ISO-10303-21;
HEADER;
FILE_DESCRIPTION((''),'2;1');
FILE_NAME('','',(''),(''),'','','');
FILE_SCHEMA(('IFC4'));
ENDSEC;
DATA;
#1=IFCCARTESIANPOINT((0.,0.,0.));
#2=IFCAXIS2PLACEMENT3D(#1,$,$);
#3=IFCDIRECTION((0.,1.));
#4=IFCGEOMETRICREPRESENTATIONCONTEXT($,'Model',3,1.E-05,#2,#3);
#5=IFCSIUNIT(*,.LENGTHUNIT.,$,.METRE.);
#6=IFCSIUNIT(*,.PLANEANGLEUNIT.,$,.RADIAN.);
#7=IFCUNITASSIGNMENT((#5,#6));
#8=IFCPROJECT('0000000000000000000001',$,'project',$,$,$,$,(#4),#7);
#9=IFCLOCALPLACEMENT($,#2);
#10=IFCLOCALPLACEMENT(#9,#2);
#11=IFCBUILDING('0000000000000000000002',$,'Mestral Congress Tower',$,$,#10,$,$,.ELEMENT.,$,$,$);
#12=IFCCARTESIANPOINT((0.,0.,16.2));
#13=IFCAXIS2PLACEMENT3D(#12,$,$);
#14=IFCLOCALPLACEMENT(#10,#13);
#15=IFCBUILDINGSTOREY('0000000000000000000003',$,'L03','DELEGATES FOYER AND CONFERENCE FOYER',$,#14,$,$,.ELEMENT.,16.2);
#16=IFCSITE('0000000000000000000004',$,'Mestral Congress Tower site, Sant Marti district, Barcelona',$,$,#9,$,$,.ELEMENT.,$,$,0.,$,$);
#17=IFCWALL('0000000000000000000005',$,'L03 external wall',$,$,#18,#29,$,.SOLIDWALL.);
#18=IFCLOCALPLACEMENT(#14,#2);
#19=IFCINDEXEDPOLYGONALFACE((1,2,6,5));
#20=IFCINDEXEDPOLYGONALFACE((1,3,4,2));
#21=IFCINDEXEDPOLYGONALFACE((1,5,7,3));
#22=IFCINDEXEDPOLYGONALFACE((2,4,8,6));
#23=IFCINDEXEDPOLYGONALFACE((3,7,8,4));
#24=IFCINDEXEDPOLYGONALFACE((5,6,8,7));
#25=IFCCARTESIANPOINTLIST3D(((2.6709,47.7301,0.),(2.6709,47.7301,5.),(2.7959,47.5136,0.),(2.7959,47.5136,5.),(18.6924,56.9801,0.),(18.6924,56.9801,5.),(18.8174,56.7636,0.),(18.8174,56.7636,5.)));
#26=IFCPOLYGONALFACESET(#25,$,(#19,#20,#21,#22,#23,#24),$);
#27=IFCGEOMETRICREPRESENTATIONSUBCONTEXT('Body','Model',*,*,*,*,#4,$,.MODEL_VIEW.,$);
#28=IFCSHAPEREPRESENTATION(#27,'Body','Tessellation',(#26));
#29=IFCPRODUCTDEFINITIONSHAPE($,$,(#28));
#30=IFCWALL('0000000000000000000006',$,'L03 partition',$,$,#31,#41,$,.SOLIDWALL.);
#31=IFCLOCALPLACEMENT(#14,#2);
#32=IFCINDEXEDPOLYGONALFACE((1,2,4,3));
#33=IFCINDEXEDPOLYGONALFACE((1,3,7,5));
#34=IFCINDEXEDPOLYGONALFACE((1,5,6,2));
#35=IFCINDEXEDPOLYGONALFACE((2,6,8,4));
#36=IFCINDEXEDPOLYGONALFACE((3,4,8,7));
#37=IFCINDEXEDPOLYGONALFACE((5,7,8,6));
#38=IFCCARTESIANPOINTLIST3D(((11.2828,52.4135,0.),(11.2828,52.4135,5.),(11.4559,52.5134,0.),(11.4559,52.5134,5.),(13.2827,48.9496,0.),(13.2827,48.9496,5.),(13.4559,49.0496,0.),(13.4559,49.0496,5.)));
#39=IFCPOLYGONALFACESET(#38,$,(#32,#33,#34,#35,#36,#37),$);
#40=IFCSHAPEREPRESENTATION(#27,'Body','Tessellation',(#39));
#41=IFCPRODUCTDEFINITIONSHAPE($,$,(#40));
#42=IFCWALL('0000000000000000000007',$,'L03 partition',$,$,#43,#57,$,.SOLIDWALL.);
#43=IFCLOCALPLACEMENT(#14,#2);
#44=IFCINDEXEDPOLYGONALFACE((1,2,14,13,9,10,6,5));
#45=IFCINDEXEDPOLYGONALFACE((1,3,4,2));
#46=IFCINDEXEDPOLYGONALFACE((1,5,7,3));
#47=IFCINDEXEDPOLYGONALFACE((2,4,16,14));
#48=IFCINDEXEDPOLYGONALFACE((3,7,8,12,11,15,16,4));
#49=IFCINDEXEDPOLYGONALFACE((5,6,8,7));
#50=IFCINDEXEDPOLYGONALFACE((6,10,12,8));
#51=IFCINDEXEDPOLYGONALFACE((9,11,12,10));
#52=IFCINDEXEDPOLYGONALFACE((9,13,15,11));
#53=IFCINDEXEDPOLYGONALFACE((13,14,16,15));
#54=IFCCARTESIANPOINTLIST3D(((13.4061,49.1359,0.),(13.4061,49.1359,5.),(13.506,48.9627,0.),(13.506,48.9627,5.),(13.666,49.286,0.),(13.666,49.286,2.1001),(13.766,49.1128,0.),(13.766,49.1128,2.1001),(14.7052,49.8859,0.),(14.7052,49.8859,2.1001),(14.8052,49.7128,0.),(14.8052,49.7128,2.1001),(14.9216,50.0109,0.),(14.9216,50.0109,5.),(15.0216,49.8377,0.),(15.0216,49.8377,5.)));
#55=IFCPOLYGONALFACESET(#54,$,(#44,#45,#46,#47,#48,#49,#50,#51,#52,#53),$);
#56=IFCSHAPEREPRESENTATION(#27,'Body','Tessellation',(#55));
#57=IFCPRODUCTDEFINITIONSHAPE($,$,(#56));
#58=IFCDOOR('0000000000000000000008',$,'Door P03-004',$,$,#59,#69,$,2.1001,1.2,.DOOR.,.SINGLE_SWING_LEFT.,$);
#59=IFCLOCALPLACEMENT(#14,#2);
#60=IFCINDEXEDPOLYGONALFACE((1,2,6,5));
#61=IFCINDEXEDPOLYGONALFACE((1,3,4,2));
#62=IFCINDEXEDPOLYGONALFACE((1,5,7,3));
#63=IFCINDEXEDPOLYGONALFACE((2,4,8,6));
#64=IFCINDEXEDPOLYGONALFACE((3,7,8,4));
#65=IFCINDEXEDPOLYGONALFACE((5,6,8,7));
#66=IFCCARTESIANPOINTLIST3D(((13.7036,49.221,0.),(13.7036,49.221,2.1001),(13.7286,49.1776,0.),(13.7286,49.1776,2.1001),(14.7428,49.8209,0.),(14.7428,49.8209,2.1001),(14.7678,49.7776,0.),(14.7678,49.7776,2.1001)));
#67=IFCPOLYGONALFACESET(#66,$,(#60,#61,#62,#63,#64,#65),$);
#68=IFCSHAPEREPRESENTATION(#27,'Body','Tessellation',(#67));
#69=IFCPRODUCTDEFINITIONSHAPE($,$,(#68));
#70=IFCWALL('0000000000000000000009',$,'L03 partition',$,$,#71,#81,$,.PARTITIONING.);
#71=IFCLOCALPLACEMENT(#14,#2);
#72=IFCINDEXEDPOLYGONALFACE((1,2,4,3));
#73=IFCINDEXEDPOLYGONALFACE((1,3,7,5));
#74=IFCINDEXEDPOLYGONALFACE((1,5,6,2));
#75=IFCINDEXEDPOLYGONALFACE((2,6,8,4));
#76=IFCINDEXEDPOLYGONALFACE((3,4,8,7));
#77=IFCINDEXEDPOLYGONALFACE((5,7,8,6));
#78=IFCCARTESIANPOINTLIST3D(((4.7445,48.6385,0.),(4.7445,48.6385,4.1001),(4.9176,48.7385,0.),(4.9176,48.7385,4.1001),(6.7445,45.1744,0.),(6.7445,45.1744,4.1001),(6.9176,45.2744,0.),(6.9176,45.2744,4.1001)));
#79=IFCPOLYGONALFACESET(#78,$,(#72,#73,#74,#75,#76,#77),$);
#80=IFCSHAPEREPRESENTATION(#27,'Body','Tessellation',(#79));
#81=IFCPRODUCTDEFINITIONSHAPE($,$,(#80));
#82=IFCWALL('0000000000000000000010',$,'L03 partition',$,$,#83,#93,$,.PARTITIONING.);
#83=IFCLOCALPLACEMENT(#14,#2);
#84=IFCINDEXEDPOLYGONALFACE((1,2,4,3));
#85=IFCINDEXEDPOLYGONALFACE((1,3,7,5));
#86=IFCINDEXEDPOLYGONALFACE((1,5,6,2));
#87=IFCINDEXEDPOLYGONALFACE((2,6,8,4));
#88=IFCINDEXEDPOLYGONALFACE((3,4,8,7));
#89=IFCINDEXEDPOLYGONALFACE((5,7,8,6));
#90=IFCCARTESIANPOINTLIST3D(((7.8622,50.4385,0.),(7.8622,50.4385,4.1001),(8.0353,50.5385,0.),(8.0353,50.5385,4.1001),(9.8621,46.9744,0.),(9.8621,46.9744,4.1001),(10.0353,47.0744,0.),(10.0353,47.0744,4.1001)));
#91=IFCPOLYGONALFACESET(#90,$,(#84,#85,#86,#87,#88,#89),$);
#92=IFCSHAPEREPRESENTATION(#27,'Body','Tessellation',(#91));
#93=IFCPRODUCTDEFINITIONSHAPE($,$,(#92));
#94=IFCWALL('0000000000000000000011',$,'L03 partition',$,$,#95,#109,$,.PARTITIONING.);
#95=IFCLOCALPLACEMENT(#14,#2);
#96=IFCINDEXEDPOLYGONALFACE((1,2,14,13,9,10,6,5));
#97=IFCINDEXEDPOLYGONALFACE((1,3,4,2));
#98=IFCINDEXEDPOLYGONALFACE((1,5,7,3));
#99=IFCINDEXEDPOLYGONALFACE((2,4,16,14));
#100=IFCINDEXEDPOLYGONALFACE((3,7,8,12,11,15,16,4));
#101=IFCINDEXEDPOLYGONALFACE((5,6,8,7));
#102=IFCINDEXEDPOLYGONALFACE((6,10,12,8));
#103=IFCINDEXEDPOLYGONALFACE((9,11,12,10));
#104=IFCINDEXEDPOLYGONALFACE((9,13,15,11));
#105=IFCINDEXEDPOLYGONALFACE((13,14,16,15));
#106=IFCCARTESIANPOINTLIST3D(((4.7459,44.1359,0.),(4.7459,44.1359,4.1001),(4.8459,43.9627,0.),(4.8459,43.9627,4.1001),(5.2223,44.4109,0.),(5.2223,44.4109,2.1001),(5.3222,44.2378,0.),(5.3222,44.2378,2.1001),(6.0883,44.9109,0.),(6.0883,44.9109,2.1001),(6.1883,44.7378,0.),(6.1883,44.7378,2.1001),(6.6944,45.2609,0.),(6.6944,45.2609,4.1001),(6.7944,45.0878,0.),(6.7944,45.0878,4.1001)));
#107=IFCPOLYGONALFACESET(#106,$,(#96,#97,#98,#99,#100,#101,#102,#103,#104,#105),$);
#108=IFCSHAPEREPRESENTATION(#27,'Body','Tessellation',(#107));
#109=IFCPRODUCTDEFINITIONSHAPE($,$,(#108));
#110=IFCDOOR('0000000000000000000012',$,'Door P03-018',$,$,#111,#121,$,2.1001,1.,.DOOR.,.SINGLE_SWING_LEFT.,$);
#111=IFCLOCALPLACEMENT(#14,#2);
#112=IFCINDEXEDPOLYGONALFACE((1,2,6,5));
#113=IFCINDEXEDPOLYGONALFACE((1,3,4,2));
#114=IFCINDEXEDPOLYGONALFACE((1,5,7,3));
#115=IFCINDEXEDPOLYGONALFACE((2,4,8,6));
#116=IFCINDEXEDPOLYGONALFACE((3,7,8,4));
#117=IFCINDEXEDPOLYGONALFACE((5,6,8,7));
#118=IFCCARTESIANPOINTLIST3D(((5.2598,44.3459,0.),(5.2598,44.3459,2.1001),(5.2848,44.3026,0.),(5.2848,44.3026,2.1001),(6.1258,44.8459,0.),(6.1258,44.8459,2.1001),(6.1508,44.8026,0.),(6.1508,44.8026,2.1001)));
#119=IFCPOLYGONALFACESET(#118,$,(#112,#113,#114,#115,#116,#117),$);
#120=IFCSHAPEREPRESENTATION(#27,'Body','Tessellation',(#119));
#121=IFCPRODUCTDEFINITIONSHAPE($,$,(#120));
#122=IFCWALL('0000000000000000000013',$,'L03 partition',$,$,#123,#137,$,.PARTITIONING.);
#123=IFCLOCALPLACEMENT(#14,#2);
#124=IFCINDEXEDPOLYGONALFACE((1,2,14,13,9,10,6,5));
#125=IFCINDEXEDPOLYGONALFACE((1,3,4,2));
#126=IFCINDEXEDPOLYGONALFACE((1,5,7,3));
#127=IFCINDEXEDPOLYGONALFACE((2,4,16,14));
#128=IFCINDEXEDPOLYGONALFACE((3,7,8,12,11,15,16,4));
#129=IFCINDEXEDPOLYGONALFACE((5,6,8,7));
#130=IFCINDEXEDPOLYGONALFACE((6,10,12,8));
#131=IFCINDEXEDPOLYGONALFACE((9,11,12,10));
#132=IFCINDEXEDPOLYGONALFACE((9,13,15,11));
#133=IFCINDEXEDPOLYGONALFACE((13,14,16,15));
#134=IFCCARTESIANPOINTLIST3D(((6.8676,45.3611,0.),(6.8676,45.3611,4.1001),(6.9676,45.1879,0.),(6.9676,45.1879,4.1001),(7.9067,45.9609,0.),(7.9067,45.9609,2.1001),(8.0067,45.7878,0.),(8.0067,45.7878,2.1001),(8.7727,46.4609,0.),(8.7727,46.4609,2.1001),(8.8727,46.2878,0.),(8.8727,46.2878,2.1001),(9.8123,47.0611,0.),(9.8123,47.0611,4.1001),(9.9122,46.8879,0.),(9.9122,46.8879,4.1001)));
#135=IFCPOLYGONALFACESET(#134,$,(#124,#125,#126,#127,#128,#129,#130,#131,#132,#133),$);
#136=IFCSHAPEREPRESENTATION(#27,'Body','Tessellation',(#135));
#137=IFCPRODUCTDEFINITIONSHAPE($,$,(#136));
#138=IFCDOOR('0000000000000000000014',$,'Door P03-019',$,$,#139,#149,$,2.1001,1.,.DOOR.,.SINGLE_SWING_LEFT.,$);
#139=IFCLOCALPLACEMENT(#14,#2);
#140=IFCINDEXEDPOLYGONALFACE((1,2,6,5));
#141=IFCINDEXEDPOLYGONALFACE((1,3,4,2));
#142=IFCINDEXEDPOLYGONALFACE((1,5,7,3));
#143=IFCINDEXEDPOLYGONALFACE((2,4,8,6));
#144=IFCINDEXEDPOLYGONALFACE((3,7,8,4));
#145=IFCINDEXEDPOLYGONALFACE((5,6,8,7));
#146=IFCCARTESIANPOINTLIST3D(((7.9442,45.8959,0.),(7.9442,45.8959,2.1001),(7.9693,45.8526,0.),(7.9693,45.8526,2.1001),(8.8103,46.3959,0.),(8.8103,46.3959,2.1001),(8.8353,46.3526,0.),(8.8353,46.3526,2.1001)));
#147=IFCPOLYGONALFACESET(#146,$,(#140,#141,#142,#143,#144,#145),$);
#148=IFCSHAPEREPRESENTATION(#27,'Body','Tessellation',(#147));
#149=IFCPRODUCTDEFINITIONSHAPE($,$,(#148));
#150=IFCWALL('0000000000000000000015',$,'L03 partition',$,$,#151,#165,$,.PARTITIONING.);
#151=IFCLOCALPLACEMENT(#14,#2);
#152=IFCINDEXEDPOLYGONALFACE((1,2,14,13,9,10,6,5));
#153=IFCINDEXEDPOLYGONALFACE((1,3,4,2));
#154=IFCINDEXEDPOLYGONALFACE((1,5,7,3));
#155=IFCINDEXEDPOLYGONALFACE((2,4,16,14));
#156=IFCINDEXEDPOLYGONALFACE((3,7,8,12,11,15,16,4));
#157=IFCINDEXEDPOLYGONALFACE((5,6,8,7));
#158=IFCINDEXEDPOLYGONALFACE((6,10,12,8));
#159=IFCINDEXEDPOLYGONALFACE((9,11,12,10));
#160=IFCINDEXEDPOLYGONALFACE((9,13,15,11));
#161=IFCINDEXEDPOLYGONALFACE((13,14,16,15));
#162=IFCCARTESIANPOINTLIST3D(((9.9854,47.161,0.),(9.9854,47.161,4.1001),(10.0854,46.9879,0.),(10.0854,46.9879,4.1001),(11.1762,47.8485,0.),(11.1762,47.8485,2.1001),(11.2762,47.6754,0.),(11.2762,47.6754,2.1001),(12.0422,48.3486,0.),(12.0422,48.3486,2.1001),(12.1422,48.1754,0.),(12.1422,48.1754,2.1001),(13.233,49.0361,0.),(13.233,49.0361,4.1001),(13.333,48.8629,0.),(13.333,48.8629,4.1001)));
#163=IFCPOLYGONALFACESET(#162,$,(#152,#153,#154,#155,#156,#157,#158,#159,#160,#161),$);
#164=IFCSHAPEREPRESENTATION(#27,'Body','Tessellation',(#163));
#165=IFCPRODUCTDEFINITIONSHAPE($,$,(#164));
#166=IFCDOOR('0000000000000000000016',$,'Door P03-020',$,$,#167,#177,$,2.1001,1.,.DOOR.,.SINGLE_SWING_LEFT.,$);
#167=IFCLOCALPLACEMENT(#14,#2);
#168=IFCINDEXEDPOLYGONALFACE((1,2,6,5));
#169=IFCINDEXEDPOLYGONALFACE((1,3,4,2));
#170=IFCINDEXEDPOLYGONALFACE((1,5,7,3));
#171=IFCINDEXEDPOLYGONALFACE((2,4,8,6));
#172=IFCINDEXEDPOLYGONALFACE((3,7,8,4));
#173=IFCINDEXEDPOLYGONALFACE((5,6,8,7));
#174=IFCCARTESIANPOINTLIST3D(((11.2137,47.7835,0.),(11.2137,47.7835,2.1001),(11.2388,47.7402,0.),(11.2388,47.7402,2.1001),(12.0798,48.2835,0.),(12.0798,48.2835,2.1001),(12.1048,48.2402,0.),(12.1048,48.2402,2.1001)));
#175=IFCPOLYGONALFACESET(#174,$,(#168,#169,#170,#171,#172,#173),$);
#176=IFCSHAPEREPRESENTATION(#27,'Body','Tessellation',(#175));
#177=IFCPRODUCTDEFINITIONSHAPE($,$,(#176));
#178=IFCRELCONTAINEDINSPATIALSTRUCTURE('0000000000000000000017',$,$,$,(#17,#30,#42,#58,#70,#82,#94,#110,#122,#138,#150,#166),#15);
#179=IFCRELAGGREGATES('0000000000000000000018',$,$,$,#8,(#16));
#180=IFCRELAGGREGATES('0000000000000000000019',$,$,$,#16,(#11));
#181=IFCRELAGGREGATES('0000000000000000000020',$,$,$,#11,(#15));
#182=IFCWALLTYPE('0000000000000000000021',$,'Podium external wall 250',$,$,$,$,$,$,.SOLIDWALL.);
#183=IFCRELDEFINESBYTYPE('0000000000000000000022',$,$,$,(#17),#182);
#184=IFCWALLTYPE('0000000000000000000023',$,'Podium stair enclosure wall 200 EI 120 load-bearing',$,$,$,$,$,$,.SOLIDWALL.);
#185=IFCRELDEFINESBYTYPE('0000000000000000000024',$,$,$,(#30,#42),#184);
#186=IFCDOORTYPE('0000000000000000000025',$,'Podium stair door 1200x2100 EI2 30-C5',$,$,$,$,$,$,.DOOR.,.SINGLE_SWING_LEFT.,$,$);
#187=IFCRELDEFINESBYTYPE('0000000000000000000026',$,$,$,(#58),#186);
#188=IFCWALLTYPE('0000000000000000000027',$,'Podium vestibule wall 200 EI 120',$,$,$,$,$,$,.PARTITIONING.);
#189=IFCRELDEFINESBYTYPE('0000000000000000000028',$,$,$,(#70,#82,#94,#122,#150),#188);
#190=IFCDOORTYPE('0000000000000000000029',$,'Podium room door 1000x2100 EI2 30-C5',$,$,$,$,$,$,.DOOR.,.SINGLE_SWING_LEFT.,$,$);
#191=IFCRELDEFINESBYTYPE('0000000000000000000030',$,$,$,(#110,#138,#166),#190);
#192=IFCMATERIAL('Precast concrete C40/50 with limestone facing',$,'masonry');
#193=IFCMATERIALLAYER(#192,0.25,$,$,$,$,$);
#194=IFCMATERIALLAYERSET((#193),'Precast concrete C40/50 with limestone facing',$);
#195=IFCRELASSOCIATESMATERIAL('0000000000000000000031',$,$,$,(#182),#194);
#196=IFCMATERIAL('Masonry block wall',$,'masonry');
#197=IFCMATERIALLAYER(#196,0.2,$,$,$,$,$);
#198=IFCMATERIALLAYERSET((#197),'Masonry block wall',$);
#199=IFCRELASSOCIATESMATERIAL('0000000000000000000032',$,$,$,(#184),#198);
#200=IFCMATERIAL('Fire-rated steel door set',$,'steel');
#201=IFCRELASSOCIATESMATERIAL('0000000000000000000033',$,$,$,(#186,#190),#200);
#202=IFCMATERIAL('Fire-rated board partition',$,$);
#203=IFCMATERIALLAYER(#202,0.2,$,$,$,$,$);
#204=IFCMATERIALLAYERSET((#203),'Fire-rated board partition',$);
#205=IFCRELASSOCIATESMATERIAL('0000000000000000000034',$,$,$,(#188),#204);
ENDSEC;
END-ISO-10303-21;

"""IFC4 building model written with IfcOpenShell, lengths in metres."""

from ifc_helpers import new_model, si_unit, direction, frame, frame_2d, origin, place, context, subcontext, project, spatial, rectangle, extrude, material, layer, layer_set, type_object, element, fill, save


model = new_model("IFC4")

# Units and contexts
model_context = context("Model", 3, precision=1e-05, world=origin(), true_north=direction((0.0, 1.0)))
body_context = subcontext(model_context, "Body", "Model", "MODEL_VIEW")
ifc_project = project(units=[si_unit("LENGTHUNIT", "METRE"), si_unit("PLANEANGLEUNIT", "RADIAN")], contexts=[model_context])

# Site, building, storey
site_placement = place(None, origin())
site = spatial("IfcSite", under=ifc_project, at=site_placement, Name="Mestral Congress Tower site, Sant Marti district, Barcelona", CompositionType="ELEMENT", RefElevation=0.0)
building_placement = place(site_placement, origin())
building = spatial("IfcBuilding", under=site, at=building_placement, Name="Mestral Congress Tower", CompositionType="ELEMENT")
storey_placement = place(building_placement, frame((0.0, 0.0, 16.2)))
storey = spatial("IfcBuildingStorey", under=building, at=storey_placement, Name="L03", Description="DELEGATES FOYER AND CONFERENCE FOYER", CompositionType="ELEMENT", Elevation=16.2)

# Walls
ifc_material_1 = material(Name="Precast concrete C40/50 with limestone facing", Category="masonry")
ifc_layer_1 = layer(ifc_material_1, 0.25)
ifc_layer_set_1 = layer_set([ifc_layer_1], Name="Precast concrete C40/50 with limestone facing")
wall_type_1 = type_object("IfcWallType", Name="Podium external wall 250", PredefinedType="SOLIDWALL", material=ifc_layer_set_1)
wall_1_placement = place(storey_placement, frame((2.7334, 47.6218, 0.0), z_axis=(0.0, 0.0, 1.0), x_axis=(0.866026, 0.5, 0.0)))
element("IfcWall", 1, at=wall_1_placement, inside=storey, type_object=wall_type_1, Name="L03 external wall", PredefinedType="SOLIDWALL", context=body_context, shape_type="SweptSolid", body=[
    extrude(rectangle(XDim=18.5, YDim=0.25, at=frame_2d((9.25, 0.0))), origin(), (0.0, 0.0, 1.0), 5.0),
])
ifc_material_2 = material(Name="Masonry block wall", Category="masonry")
ifc_layer_2 = layer(ifc_material_2, 0.2)
ifc_layer_set_2 = layer_set([ifc_layer_2], Name="Masonry block wall")
wall_type_2 = type_object("IfcWallType", Name="Podium stair enclosure wall 200 EI 120 load-bearing", PredefinedType="SOLIDWALL", material=ifc_layer_set_2)
wall_2_placement = place(storey_placement, frame((13.3694, 48.9995, 0.0), z_axis=(0.0, 0.0, 1.0), x_axis=(-0.500025, 0.866011, 0.0)))
element("IfcWall", 2, at=wall_2_placement, inside=storey, type_object=wall_type_2, Name="L03 partition", PredefinedType="SOLIDWALL", context=body_context, shape_type="SweptSolid", body=[
    extrude(rectangle(XDim=3.9998, YDim=0.2, at=frame_2d((2.0, 0.0))), origin(), (0.0, 0.0, 1.0), 5.0),
])

# Wall, opening, door
wall_3_placement = place(storey_placement, frame((13.4561, 49.0493, 0.0), z_axis=(0.0, 0.0, 1.0), x_axis=(0.866037, 0.49998, 0.0)))
wall_3 = element("IfcWall", 3, at=wall_3_placement, inside=storey, type_object=wall_type_2, Name="L03 partition", PredefinedType="SOLIDWALL", context=body_context, shape_type="SweptSolid", body=[
    extrude(rectangle(XDim=1.75, YDim=0.2, at=frame_2d((0.875, 0.0))), origin(), (0.0, 0.0, 1.0), 5.0),
])
opening_1_placement = place(wall_3_placement, frame((0.3, 0.0, 0.0)))
opening_1 = element("IfcOpeningElement", 4, at=opening_1_placement, cuts=wall_3, PredefinedType="OPENING", context=body_context, shape_type="SweptSolid", body=[
    extrude(rectangle(XDim=1.2, YDim=2.1001, at=frame_2d((0.6001, 1.05))), frame((0.0, 0.1099, 0.0), z_axis=(0.0, -1.0, 0.0), x_axis=(1.0, 0.0, 0.0)), (0.0, 0.0, 1.0), 0.22),
])
ifc_material_3 = material(Name="Fire-rated steel door set", Category="steel")
door_type_1 = type_object("IfcDoorType", Name="Podium stair door 1200x2100 EI2 30-C5", OperationType="SINGLE_SWING_LEFT", PredefinedType="DOOR", material=ifc_material_3)
door_1_placement = place(opening_1_placement, origin())
door_1 = element("IfcDoor", 5, at=door_1_placement, inside=storey, type_object=door_type_1, Name="Door P03-004", OperationType="SINGLE_SWING_LEFT", OverallHeight=2.1001, OverallWidth=1.2, PredefinedType="DOOR", context=body_context, shape_type="SweptSolid", body=[
    extrude(rectangle(XDim=1.2, YDim=2.1001, at=frame_2d((0.6001, 1.05))), frame((0.0, 0.0249, 0.0), z_axis=(0.0, -1.0, 0.0), x_axis=(1.0, 0.0, 0.0)), (0.0, 0.0, 1.0), 0.05),
])
fill(opening_1, door_1)

# Walls
ifc_material_4 = material(Name="Fire-rated board partition")
ifc_layer_3 = layer(ifc_material_4, 0.2)
ifc_layer_set_3 = layer_set([ifc_layer_3], Name="Fire-rated board partition")
wall_type_3 = type_object("IfcWallType", Name="Podium vestibule wall 200 EI 120", PredefinedType="PARTITIONING", material=ifc_layer_set_3)
for number, where, z_axis, x_axis, name in (
    (6, (6.8311, 45.2244, 0.0), (0.0, 0.0, 1.0), (-0.499999, 0.866026, 0.0), "L03 partition"),
    (7, (9.9487, 47.0244, 0.0), (0.0, 0.0, 1.0), (-0.499999, 0.866026, 0.0), "L03 partition"),
):
    element("IfcWall", number, at=place(storey_placement, frame(where, z_axis=z_axis, x_axis=x_axis)), inside=storey, type_object=wall_type_3, Name=name, PredefinedType="PARTITIONING", context=body_context, shape_type="SweptSolid", body=[
        extrude(rectangle(XDim=4.0, YDim=0.2, at=frame_2d((2.0, 0.0))), origin(), (0.0, 0.0, 1.0), 4.1001),
    ])

# Walls, openings, doors
wall_4_placement = place(storey_placement, frame((4.7959, 44.0493, 0.0), z_axis=(0.0, 0.0, 1.0), x_axis=(0.866018, 0.500014, 0.0)))
wall_4 = element("IfcWall", 8, at=wall_4_placement, inside=storey, type_object=wall_type_3, Name="L03 partition", PredefinedType="PARTITIONING", context=body_context, shape_type="SweptSolid", body=[
    extrude(rectangle(XDim=2.25, YDim=0.2, at=frame_2d((1.125, 0.0))), origin(), (0.0, 0.0, 1.0), 4.1001),
])
opening_2_placement = place(wall_4_placement, frame((0.55, 0.0, 0.0)))
opening_2 = element("IfcOpeningElement", 9, at=opening_2_placement, cuts=wall_4, PredefinedType="OPENING", context=body_context, shape_type="SweptSolid", body=[
    extrude(rectangle(XDim=1.0, YDim=2.1001, at=frame_2d((0.5, 1.05))), frame((0.0, 0.1099, 0.0), z_axis=(0.0, -1.0, 0.0), x_axis=(1.0, 0.0, 0.0)), (0.0, 0.0, 1.0), 0.22),
])
door_type_2 = type_object("IfcDoorType", Name="Podium room door 1000x2100 EI2 30-C5", OperationType="SINGLE_SWING_LEFT", PredefinedType="DOOR", material=ifc_material_3)
door_2_placement = place(opening_2_placement, origin())
door_2 = element("IfcDoor", 10, at=door_2_placement, inside=storey, type_object=door_type_2, Name="Door P03-018", OperationType="SINGLE_SWING_LEFT", OverallHeight=2.1001, OverallWidth=1.0, PredefinedType="DOOR", context=body_context, shape_type="SweptSolid", body=[
    extrude(rectangle(XDim=1.0, YDim=2.1001, at=frame_2d((0.5, 1.05))), frame((0.0, 0.0249, 0.0), z_axis=(0.0, -1.0, 0.0), x_axis=(1.0, 0.0, 0.0)), (0.0, 0.0, 1.0), 0.05),
])
fill(opening_2, door_2)
wall_5_placement = place(storey_placement, frame((6.9175, 45.2744, 0.0), z_axis=(0.0, 0.0, 1.0), x_axis=(0.866039, 0.499977, 0.0)))
wall_5 = element("IfcWall", 11, at=wall_5_placement, inside=storey, type_object=wall_type_3, Name="L03 partition", PredefinedType="PARTITIONING", context=body_context, shape_type="SweptSolid", body=[
    extrude(rectangle(XDim=3.4001, YDim=0.2, at=frame_2d((1.7002, 0.0))), origin(), (0.0, 0.0, 1.0), 4.1001),
])
opening_3_placement = place(wall_5_placement, frame((1.2, 0.0, 0.0)))
opening_3 = element("IfcOpeningElement", 12, at=opening_3_placement, cuts=wall_5, PredefinedType="OPENING", context=body_context, shape_type="SweptSolid", body=[
    extrude(rectangle(XDim=1.0, YDim=2.1001, at=frame_2d((0.5, 1.05))), frame((0.0, 0.1099, 0.0), z_axis=(0.0, -1.0, 0.0), x_axis=(1.0, 0.0, 0.0)), (0.0, 0.0, 1.0), 0.22),
])
door_3_placement = place(opening_3_placement, origin())
door_3 = element("IfcDoor", 13, at=door_3_placement, inside=storey, type_object=door_type_2, Name="Door P03-019", OperationType="SINGLE_SWING_LEFT", OverallHeight=2.1001, OverallWidth=1.0, PredefinedType="DOOR", context=body_context, shape_type="SweptSolid", body=[
    extrude(rectangle(XDim=1.0, YDim=2.1001, at=frame_2d((0.5, 1.05))), frame((0.0, 0.0249, 0.0), z_axis=(0.0, -1.0, 0.0), x_axis=(1.0, 0.0, 0.0)), (0.0, 0.0, 1.0), 0.05),
])
fill(opening_3, door_3)
wall_6_placement = place(storey_placement, frame((10.0354, 47.0745, 0.0), z_axis=(0.0, 0.0, 1.0), x_axis=(0.866023, 0.500004, 0.0)))
wall_6 = element("IfcWall", 14, at=wall_6_placement, inside=storey, type_object=wall_type_3, Name="L03 partition", PredefinedType="PARTITIONING", context=body_context, shape_type="SweptSolid", body=[
    extrude(rectangle(XDim=3.75, YDim=0.2, at=frame_2d((1.875, 0.0))), origin(), (0.0, 0.0, 1.0), 4.1001),
])
opening_4_placement = place(wall_6_placement, frame((1.375, 0.0, 0.0)))
opening_4 = element("IfcOpeningElement", 15, at=opening_4_placement, cuts=wall_6, PredefinedType="OPENING", context=body_context, shape_type="SweptSolid", body=[
    extrude(rectangle(XDim=1.0, YDim=2.1001, at=frame_2d((0.5, 1.05))), frame((0.0, 0.1099, 0.0), z_axis=(0.0, -1.0, 0.0), x_axis=(1.0, 0.0, 0.0)), (0.0, 0.0, 1.0), 0.22),
])
door_4_placement = place(opening_4_placement, origin())
door_4 = element("IfcDoor", 16, at=door_4_placement, inside=storey, type_object=door_type_2, Name="Door P03-020", OperationType="SINGLE_SWING_LEFT", OverallHeight=2.1001, OverallWidth=1.0, PredefinedType="DOOR", context=body_context, shape_type="SweptSolid", body=[
    extrude(rectangle(XDim=1.0, YDim=2.1001, at=frame_2d((0.5, 1.05))), frame((0.0, 0.0249, 0.0), z_axis=(0.0, -1.0, 0.0), x_axis=(1.0, 0.0, 0.0)), (0.0, 0.0, 1.0), 0.05),
])
fill(opening_4, door_4)

save(model, "model.ifc")
